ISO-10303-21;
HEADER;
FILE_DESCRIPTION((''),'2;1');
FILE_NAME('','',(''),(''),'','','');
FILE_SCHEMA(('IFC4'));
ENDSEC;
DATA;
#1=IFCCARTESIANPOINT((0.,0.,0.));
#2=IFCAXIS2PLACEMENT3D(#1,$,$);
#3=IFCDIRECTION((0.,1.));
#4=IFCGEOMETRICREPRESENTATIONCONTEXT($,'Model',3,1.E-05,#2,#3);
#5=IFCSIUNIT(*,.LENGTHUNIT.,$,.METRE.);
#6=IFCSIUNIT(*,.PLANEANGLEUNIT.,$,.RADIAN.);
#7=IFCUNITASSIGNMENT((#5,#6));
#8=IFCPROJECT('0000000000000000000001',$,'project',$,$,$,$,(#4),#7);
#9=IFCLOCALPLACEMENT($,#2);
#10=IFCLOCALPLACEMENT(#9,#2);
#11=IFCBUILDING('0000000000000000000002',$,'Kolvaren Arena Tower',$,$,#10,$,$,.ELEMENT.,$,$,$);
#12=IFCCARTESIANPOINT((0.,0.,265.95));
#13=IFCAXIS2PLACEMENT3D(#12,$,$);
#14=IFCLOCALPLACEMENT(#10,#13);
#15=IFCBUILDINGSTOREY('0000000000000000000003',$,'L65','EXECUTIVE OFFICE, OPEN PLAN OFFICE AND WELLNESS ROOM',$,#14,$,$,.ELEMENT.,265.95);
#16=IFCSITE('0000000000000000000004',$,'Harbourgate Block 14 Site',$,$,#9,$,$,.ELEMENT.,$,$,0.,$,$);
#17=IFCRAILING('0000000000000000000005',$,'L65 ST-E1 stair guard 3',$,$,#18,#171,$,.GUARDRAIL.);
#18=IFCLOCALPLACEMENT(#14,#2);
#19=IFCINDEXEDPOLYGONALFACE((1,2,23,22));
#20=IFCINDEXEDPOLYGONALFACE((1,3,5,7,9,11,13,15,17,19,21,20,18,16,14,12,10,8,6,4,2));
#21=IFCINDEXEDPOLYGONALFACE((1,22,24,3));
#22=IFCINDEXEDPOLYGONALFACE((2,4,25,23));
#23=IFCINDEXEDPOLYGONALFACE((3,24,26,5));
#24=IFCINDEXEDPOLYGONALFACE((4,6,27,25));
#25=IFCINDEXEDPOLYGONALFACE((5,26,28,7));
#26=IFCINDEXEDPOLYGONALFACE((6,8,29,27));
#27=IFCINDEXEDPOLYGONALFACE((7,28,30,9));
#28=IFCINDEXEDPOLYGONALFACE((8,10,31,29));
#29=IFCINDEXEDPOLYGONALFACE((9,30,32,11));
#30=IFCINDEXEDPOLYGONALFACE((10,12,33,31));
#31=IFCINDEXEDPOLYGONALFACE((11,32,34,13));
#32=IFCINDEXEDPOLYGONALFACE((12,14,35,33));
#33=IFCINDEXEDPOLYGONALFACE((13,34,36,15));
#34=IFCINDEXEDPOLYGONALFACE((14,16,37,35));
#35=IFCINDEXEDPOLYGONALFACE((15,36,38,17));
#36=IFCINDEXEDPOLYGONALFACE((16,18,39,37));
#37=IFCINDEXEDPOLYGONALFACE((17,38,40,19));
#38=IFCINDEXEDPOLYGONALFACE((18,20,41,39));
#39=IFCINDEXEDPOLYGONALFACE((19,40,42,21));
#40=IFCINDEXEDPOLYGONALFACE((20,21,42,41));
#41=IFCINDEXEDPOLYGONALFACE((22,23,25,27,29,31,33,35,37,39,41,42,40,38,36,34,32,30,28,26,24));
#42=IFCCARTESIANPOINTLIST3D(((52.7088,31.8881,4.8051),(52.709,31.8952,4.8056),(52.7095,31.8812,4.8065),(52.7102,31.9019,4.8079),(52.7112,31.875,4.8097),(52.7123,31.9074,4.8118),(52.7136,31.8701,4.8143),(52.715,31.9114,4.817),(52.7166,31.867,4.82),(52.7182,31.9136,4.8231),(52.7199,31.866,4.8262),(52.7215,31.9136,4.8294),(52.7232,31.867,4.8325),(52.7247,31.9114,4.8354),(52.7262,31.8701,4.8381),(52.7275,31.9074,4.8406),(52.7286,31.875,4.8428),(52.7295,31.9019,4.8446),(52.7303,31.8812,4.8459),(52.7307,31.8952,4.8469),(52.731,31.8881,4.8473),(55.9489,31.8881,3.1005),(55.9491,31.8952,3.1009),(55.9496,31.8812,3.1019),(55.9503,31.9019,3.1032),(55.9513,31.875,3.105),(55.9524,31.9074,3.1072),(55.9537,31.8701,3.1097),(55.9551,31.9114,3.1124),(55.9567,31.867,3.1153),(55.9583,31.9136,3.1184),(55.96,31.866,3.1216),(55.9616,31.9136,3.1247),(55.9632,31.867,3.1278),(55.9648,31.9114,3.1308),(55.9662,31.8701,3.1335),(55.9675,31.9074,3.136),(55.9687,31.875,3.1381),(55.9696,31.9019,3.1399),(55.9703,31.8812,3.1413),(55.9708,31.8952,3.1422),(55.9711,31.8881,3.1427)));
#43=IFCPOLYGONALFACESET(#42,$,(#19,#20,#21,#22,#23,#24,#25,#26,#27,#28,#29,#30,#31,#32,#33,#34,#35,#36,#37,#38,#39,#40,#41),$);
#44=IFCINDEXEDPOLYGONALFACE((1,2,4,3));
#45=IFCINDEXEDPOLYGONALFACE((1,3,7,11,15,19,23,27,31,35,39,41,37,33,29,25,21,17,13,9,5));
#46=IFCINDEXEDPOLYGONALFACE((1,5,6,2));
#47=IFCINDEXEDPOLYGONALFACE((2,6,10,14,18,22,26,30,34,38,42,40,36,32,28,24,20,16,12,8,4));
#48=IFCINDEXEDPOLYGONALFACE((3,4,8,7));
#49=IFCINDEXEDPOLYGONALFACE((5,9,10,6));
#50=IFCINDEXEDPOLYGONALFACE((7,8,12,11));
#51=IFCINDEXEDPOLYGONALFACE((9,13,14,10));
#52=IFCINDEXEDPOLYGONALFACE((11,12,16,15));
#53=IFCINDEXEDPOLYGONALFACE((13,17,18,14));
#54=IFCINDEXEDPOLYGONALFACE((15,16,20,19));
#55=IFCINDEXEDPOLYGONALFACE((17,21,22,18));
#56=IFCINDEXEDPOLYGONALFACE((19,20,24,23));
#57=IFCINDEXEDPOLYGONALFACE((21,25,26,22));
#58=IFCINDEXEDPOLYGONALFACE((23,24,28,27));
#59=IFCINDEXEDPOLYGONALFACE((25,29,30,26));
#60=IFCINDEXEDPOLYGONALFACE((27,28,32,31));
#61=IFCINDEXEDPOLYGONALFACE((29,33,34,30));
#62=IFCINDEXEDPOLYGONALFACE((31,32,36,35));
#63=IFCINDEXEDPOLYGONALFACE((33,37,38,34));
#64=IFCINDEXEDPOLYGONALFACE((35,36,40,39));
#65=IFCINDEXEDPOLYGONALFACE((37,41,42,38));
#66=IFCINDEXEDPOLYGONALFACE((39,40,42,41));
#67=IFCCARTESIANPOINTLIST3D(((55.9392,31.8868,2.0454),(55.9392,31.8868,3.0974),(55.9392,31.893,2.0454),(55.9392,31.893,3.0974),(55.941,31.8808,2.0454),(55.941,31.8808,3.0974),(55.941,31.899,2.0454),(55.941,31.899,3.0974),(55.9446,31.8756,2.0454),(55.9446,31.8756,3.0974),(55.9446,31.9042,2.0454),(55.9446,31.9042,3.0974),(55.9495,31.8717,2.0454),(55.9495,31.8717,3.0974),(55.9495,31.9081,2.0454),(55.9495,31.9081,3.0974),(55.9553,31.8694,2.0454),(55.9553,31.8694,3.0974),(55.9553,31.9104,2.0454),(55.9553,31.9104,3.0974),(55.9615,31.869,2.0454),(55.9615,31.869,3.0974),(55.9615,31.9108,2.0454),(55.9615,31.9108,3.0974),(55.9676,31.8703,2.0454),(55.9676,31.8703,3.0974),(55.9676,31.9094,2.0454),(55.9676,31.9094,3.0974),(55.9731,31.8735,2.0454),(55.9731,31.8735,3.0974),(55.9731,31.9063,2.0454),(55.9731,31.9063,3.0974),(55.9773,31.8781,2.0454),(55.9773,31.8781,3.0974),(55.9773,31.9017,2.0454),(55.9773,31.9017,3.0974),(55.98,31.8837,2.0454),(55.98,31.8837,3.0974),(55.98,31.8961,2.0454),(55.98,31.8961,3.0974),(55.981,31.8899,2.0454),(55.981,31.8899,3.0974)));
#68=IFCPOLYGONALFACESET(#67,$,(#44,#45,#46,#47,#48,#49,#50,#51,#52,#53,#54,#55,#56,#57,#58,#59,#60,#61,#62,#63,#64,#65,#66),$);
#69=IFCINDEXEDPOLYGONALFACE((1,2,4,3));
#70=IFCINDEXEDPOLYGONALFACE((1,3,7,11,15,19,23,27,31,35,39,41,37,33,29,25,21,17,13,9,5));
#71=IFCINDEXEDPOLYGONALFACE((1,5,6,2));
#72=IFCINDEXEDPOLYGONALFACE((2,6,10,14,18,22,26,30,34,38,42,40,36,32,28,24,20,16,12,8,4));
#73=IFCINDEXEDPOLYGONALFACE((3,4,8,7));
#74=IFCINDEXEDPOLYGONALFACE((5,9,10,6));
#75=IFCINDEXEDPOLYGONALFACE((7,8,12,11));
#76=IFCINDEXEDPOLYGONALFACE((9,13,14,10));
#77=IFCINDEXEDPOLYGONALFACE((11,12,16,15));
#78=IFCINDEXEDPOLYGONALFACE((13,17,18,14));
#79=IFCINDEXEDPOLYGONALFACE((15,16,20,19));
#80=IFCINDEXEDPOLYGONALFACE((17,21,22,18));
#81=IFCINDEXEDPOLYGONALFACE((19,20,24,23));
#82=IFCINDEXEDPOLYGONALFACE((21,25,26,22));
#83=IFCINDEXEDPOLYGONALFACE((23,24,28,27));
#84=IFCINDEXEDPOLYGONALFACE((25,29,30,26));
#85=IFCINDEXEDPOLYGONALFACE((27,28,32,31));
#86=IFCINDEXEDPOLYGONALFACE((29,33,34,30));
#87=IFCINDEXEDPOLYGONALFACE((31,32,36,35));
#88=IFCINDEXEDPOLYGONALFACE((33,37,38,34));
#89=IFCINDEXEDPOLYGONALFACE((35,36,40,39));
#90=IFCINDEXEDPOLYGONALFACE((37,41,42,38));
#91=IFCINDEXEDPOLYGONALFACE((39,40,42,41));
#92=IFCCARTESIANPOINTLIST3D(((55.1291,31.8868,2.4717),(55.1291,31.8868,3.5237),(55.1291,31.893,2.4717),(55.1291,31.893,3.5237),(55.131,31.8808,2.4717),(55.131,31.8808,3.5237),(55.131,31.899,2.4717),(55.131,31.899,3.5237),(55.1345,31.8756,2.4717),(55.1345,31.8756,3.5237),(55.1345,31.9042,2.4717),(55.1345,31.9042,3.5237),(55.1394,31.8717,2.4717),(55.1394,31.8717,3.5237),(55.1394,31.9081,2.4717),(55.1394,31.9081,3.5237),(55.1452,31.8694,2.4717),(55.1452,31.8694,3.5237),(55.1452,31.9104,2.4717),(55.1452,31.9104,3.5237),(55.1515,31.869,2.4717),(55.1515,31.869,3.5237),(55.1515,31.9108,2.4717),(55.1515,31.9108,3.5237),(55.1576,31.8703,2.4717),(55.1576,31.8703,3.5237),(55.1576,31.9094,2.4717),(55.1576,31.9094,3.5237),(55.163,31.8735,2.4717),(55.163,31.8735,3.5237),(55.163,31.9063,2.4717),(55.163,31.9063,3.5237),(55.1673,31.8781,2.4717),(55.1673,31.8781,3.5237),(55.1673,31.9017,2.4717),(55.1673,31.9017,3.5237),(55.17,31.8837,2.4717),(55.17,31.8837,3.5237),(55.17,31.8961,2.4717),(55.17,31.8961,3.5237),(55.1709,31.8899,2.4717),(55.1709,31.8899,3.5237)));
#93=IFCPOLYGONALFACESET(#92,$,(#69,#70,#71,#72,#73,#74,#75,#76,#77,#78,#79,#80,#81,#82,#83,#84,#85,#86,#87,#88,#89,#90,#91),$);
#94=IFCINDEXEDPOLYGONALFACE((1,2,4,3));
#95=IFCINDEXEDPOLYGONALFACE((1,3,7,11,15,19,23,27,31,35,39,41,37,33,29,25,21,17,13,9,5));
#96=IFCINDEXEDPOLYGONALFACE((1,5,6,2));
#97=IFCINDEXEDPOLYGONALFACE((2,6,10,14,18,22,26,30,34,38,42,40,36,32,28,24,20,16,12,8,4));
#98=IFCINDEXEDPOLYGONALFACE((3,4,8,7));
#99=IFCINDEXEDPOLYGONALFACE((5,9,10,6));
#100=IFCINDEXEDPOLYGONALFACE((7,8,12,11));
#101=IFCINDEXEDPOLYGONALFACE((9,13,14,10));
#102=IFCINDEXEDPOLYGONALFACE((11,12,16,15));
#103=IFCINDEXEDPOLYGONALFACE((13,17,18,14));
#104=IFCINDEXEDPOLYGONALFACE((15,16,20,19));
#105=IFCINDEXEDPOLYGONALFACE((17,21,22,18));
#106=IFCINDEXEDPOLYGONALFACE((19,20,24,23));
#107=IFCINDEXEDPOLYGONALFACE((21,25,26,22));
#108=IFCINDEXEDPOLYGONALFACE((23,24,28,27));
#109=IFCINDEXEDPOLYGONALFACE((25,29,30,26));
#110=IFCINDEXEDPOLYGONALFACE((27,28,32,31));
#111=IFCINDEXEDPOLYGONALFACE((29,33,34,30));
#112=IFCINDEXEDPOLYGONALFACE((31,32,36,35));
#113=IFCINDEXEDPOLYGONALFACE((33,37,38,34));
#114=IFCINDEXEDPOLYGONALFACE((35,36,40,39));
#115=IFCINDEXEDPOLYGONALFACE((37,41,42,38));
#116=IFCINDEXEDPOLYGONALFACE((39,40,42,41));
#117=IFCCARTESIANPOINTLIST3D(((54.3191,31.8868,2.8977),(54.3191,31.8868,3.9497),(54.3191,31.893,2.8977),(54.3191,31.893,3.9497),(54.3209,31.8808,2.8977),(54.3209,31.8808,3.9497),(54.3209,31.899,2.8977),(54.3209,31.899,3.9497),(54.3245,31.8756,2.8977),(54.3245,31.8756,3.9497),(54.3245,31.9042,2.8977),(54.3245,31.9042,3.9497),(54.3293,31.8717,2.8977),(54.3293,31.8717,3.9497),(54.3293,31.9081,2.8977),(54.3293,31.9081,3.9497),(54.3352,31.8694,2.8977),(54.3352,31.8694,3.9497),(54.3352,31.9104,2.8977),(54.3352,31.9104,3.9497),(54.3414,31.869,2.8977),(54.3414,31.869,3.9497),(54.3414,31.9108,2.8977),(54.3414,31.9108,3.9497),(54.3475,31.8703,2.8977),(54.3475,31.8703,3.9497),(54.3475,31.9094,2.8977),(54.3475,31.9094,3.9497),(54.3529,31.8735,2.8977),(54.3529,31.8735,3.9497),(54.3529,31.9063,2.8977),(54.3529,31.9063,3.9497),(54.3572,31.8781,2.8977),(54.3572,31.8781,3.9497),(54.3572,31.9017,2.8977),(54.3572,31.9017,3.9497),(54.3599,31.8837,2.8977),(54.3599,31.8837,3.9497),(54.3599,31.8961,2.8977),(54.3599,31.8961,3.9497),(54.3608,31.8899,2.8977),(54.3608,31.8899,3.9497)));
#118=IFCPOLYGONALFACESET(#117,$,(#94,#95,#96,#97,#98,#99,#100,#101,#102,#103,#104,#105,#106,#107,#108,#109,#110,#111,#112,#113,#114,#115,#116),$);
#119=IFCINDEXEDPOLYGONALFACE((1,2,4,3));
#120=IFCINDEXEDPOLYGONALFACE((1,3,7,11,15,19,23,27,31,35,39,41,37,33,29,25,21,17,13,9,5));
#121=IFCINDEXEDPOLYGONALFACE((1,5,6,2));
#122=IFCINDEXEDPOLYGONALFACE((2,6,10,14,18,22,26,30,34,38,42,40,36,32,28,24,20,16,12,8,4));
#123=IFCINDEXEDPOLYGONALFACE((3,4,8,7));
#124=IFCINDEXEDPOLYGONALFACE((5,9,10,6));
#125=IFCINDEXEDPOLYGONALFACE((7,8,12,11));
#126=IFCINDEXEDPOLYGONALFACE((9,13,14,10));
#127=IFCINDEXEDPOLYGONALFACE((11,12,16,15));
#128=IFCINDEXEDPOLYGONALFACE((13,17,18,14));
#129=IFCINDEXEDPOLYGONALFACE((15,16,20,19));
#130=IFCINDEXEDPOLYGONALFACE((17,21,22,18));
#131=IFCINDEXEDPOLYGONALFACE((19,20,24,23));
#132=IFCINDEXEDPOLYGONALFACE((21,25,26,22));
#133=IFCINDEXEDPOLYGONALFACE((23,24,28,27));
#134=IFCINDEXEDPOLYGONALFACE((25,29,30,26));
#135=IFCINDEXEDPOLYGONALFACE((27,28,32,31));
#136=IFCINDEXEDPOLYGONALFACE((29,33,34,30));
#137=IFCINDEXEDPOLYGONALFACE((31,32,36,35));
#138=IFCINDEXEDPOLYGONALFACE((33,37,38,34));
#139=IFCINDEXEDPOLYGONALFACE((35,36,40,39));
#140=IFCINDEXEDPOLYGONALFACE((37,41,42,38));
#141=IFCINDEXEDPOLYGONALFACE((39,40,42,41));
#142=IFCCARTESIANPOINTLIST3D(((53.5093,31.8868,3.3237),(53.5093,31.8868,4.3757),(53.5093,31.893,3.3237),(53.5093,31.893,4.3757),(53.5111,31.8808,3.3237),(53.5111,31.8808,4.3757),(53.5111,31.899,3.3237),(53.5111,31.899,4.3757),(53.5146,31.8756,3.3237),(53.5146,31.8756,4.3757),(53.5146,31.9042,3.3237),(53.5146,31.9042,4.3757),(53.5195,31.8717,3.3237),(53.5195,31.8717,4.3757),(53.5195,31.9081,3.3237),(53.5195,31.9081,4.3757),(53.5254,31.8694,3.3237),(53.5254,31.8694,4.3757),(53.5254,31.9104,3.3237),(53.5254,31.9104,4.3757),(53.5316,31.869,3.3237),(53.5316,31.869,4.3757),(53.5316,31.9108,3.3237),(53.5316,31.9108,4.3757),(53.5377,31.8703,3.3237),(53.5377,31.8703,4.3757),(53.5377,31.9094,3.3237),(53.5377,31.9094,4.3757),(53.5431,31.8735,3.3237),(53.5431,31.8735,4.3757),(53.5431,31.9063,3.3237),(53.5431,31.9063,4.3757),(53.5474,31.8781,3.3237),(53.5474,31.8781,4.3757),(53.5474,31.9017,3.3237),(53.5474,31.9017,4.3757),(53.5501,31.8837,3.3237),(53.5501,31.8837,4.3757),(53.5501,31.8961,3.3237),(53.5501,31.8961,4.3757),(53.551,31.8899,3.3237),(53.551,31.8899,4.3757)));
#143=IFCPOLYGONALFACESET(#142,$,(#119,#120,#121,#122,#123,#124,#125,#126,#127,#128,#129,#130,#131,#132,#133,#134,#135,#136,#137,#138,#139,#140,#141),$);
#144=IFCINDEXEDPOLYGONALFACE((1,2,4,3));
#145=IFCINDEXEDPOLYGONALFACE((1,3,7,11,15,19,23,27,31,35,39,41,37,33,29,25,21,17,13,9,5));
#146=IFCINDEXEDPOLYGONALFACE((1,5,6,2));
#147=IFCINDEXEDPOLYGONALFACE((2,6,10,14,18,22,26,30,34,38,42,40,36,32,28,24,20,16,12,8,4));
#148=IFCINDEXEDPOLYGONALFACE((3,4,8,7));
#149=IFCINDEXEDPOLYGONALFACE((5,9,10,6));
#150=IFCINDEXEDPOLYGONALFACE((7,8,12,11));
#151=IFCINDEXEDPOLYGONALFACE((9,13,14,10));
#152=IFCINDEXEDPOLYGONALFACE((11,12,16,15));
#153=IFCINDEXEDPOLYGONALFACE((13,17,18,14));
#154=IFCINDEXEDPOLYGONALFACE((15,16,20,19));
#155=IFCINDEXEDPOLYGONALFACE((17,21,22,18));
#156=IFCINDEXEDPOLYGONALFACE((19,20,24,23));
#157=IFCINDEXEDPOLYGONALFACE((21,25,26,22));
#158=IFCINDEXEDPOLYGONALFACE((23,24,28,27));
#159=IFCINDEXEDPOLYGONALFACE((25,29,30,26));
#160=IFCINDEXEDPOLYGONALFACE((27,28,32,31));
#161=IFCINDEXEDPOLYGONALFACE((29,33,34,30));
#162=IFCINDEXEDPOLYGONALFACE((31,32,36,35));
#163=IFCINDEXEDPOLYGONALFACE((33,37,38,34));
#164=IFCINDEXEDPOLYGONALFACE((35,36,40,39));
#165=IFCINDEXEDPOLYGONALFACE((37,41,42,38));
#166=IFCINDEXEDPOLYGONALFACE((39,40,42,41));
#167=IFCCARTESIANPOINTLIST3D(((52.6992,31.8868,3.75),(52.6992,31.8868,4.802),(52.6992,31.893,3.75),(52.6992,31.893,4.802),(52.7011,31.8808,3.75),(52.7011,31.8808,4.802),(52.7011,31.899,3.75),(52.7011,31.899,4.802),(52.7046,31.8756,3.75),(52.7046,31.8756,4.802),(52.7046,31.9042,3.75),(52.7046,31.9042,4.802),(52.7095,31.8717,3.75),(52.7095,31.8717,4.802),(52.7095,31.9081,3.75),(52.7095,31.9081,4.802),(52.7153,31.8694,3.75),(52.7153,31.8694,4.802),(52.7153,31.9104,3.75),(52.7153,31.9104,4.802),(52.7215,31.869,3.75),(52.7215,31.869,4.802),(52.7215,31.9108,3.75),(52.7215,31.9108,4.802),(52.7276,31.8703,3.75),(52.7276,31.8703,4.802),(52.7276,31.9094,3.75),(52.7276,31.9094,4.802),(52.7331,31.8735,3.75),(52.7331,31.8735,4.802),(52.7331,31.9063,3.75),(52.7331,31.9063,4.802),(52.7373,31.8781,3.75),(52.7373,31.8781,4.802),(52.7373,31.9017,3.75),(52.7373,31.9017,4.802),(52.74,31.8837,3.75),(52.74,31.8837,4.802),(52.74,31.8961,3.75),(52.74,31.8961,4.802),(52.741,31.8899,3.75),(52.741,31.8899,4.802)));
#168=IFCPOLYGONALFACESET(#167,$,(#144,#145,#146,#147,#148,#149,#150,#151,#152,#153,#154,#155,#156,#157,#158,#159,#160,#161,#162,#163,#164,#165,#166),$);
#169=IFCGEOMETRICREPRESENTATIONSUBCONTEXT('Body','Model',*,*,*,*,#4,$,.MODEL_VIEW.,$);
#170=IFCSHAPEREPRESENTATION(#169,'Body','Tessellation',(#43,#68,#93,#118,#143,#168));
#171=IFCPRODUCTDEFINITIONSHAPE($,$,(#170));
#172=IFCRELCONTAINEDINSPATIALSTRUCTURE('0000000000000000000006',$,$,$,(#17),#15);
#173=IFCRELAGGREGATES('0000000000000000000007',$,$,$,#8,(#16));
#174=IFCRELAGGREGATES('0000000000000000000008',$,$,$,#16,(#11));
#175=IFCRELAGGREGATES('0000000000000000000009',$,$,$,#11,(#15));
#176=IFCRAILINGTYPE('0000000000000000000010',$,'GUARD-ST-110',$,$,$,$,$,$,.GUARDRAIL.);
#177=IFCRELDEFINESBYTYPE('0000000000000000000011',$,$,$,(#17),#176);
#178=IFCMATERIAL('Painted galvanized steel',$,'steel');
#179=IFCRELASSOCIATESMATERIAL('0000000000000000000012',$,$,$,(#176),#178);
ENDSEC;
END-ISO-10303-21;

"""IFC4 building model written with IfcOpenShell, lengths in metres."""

from ifc_helpers import new_model, si_unit, direction, frame, origin, origin_2d, place, context, subcontext, project, spatial, circle, extrude, material, type_object, element, save


model = new_model("IFC4")

# Units and contexts
model_context = context("Model", 3, precision=1e-05, world=origin(), true_north=direction((0.0, 1.0)))
body_context = subcontext(model_context, "Body", "Model", "MODEL_VIEW")
ifc_project = project(units=[si_unit("LENGTHUNIT", "METRE"), si_unit("PLANEANGLEUNIT", "RADIAN")], contexts=[model_context])

# Site, building, storey
site_placement = place(None, origin())
site = spatial("IfcSite", under=ifc_project, at=site_placement, Name="Harbourgate Block 14 Site", CompositionType="ELEMENT", RefElevation=0.0)
building_placement = place(site_placement, origin())
building = spatial("IfcBuilding", under=site, at=building_placement, Name="Kolvaren Arena Tower", CompositionType="ELEMENT")
storey_placement = place(building_placement, frame((0.0, 0.0, 265.95)))
storey = spatial("IfcBuildingStorey", under=building, at=storey_placement, Name="L65", Description="EXECUTIVE OFFICE, OPEN PLAN OFFICE AND WELLNESS ROOM", CompositionType="ELEMENT", Elevation=265.95)

# Railing
ifc_material_1 = material(Name="Painted galvanized steel", Category="steel")
railing_type_1 = type_object("IfcRailingType", Name="GUARD-ST-110", PredefinedType="GUARDRAIL", material=ifc_material_1)
railing_1_placement = place(storey_placement, frame((55.96, 31.8899, 2.0454)))
element("IfcRailing", 1, at=railing_1_placement, inside=storey, type_object=railing_type_1, Name="L65 ST-E1 stair guard 3", PredefinedType="GUARDRAIL", context=body_context, shape_type="SweptSolid", body=[
    extrude(circle(Radius=0.0239, at=origin_2d()), frame((0.0, 0.0, 1.0762), z_axis=(-0.884993, 0.0, 0.465604), x_axis=(0.0, -1.0, 0.0)), (0.0, 0.0, 1.0), 3.6611),
    extrude(circle(Radius=0.021, at=origin_2d()), origin(), (0.0, 0.0, 1.0), 1.052),
    extrude(circle(Radius=0.021, at=origin_2d()), frame((-0.8101, 0.0, 0.4263)), (0.0, 0.0, 1.0), 1.052),
    extrude(circle(Radius=0.021, at=origin_2d()), frame((-1.6201, 0.0, 0.8523)), (0.0, 0.0, 1.0), 1.052),
    extrude(circle(Radius=0.021, at=origin_2d()), frame((-2.4299, 0.0, 1.2783)), (0.0, 0.0, 1.0), 1.052),
    extrude(circle(Radius=0.021, at=origin_2d()), frame((-3.24, 0.0, 1.7046)), (0.0, 0.0, 1.0), 1.052),
])

save(model, "model.ifc")
